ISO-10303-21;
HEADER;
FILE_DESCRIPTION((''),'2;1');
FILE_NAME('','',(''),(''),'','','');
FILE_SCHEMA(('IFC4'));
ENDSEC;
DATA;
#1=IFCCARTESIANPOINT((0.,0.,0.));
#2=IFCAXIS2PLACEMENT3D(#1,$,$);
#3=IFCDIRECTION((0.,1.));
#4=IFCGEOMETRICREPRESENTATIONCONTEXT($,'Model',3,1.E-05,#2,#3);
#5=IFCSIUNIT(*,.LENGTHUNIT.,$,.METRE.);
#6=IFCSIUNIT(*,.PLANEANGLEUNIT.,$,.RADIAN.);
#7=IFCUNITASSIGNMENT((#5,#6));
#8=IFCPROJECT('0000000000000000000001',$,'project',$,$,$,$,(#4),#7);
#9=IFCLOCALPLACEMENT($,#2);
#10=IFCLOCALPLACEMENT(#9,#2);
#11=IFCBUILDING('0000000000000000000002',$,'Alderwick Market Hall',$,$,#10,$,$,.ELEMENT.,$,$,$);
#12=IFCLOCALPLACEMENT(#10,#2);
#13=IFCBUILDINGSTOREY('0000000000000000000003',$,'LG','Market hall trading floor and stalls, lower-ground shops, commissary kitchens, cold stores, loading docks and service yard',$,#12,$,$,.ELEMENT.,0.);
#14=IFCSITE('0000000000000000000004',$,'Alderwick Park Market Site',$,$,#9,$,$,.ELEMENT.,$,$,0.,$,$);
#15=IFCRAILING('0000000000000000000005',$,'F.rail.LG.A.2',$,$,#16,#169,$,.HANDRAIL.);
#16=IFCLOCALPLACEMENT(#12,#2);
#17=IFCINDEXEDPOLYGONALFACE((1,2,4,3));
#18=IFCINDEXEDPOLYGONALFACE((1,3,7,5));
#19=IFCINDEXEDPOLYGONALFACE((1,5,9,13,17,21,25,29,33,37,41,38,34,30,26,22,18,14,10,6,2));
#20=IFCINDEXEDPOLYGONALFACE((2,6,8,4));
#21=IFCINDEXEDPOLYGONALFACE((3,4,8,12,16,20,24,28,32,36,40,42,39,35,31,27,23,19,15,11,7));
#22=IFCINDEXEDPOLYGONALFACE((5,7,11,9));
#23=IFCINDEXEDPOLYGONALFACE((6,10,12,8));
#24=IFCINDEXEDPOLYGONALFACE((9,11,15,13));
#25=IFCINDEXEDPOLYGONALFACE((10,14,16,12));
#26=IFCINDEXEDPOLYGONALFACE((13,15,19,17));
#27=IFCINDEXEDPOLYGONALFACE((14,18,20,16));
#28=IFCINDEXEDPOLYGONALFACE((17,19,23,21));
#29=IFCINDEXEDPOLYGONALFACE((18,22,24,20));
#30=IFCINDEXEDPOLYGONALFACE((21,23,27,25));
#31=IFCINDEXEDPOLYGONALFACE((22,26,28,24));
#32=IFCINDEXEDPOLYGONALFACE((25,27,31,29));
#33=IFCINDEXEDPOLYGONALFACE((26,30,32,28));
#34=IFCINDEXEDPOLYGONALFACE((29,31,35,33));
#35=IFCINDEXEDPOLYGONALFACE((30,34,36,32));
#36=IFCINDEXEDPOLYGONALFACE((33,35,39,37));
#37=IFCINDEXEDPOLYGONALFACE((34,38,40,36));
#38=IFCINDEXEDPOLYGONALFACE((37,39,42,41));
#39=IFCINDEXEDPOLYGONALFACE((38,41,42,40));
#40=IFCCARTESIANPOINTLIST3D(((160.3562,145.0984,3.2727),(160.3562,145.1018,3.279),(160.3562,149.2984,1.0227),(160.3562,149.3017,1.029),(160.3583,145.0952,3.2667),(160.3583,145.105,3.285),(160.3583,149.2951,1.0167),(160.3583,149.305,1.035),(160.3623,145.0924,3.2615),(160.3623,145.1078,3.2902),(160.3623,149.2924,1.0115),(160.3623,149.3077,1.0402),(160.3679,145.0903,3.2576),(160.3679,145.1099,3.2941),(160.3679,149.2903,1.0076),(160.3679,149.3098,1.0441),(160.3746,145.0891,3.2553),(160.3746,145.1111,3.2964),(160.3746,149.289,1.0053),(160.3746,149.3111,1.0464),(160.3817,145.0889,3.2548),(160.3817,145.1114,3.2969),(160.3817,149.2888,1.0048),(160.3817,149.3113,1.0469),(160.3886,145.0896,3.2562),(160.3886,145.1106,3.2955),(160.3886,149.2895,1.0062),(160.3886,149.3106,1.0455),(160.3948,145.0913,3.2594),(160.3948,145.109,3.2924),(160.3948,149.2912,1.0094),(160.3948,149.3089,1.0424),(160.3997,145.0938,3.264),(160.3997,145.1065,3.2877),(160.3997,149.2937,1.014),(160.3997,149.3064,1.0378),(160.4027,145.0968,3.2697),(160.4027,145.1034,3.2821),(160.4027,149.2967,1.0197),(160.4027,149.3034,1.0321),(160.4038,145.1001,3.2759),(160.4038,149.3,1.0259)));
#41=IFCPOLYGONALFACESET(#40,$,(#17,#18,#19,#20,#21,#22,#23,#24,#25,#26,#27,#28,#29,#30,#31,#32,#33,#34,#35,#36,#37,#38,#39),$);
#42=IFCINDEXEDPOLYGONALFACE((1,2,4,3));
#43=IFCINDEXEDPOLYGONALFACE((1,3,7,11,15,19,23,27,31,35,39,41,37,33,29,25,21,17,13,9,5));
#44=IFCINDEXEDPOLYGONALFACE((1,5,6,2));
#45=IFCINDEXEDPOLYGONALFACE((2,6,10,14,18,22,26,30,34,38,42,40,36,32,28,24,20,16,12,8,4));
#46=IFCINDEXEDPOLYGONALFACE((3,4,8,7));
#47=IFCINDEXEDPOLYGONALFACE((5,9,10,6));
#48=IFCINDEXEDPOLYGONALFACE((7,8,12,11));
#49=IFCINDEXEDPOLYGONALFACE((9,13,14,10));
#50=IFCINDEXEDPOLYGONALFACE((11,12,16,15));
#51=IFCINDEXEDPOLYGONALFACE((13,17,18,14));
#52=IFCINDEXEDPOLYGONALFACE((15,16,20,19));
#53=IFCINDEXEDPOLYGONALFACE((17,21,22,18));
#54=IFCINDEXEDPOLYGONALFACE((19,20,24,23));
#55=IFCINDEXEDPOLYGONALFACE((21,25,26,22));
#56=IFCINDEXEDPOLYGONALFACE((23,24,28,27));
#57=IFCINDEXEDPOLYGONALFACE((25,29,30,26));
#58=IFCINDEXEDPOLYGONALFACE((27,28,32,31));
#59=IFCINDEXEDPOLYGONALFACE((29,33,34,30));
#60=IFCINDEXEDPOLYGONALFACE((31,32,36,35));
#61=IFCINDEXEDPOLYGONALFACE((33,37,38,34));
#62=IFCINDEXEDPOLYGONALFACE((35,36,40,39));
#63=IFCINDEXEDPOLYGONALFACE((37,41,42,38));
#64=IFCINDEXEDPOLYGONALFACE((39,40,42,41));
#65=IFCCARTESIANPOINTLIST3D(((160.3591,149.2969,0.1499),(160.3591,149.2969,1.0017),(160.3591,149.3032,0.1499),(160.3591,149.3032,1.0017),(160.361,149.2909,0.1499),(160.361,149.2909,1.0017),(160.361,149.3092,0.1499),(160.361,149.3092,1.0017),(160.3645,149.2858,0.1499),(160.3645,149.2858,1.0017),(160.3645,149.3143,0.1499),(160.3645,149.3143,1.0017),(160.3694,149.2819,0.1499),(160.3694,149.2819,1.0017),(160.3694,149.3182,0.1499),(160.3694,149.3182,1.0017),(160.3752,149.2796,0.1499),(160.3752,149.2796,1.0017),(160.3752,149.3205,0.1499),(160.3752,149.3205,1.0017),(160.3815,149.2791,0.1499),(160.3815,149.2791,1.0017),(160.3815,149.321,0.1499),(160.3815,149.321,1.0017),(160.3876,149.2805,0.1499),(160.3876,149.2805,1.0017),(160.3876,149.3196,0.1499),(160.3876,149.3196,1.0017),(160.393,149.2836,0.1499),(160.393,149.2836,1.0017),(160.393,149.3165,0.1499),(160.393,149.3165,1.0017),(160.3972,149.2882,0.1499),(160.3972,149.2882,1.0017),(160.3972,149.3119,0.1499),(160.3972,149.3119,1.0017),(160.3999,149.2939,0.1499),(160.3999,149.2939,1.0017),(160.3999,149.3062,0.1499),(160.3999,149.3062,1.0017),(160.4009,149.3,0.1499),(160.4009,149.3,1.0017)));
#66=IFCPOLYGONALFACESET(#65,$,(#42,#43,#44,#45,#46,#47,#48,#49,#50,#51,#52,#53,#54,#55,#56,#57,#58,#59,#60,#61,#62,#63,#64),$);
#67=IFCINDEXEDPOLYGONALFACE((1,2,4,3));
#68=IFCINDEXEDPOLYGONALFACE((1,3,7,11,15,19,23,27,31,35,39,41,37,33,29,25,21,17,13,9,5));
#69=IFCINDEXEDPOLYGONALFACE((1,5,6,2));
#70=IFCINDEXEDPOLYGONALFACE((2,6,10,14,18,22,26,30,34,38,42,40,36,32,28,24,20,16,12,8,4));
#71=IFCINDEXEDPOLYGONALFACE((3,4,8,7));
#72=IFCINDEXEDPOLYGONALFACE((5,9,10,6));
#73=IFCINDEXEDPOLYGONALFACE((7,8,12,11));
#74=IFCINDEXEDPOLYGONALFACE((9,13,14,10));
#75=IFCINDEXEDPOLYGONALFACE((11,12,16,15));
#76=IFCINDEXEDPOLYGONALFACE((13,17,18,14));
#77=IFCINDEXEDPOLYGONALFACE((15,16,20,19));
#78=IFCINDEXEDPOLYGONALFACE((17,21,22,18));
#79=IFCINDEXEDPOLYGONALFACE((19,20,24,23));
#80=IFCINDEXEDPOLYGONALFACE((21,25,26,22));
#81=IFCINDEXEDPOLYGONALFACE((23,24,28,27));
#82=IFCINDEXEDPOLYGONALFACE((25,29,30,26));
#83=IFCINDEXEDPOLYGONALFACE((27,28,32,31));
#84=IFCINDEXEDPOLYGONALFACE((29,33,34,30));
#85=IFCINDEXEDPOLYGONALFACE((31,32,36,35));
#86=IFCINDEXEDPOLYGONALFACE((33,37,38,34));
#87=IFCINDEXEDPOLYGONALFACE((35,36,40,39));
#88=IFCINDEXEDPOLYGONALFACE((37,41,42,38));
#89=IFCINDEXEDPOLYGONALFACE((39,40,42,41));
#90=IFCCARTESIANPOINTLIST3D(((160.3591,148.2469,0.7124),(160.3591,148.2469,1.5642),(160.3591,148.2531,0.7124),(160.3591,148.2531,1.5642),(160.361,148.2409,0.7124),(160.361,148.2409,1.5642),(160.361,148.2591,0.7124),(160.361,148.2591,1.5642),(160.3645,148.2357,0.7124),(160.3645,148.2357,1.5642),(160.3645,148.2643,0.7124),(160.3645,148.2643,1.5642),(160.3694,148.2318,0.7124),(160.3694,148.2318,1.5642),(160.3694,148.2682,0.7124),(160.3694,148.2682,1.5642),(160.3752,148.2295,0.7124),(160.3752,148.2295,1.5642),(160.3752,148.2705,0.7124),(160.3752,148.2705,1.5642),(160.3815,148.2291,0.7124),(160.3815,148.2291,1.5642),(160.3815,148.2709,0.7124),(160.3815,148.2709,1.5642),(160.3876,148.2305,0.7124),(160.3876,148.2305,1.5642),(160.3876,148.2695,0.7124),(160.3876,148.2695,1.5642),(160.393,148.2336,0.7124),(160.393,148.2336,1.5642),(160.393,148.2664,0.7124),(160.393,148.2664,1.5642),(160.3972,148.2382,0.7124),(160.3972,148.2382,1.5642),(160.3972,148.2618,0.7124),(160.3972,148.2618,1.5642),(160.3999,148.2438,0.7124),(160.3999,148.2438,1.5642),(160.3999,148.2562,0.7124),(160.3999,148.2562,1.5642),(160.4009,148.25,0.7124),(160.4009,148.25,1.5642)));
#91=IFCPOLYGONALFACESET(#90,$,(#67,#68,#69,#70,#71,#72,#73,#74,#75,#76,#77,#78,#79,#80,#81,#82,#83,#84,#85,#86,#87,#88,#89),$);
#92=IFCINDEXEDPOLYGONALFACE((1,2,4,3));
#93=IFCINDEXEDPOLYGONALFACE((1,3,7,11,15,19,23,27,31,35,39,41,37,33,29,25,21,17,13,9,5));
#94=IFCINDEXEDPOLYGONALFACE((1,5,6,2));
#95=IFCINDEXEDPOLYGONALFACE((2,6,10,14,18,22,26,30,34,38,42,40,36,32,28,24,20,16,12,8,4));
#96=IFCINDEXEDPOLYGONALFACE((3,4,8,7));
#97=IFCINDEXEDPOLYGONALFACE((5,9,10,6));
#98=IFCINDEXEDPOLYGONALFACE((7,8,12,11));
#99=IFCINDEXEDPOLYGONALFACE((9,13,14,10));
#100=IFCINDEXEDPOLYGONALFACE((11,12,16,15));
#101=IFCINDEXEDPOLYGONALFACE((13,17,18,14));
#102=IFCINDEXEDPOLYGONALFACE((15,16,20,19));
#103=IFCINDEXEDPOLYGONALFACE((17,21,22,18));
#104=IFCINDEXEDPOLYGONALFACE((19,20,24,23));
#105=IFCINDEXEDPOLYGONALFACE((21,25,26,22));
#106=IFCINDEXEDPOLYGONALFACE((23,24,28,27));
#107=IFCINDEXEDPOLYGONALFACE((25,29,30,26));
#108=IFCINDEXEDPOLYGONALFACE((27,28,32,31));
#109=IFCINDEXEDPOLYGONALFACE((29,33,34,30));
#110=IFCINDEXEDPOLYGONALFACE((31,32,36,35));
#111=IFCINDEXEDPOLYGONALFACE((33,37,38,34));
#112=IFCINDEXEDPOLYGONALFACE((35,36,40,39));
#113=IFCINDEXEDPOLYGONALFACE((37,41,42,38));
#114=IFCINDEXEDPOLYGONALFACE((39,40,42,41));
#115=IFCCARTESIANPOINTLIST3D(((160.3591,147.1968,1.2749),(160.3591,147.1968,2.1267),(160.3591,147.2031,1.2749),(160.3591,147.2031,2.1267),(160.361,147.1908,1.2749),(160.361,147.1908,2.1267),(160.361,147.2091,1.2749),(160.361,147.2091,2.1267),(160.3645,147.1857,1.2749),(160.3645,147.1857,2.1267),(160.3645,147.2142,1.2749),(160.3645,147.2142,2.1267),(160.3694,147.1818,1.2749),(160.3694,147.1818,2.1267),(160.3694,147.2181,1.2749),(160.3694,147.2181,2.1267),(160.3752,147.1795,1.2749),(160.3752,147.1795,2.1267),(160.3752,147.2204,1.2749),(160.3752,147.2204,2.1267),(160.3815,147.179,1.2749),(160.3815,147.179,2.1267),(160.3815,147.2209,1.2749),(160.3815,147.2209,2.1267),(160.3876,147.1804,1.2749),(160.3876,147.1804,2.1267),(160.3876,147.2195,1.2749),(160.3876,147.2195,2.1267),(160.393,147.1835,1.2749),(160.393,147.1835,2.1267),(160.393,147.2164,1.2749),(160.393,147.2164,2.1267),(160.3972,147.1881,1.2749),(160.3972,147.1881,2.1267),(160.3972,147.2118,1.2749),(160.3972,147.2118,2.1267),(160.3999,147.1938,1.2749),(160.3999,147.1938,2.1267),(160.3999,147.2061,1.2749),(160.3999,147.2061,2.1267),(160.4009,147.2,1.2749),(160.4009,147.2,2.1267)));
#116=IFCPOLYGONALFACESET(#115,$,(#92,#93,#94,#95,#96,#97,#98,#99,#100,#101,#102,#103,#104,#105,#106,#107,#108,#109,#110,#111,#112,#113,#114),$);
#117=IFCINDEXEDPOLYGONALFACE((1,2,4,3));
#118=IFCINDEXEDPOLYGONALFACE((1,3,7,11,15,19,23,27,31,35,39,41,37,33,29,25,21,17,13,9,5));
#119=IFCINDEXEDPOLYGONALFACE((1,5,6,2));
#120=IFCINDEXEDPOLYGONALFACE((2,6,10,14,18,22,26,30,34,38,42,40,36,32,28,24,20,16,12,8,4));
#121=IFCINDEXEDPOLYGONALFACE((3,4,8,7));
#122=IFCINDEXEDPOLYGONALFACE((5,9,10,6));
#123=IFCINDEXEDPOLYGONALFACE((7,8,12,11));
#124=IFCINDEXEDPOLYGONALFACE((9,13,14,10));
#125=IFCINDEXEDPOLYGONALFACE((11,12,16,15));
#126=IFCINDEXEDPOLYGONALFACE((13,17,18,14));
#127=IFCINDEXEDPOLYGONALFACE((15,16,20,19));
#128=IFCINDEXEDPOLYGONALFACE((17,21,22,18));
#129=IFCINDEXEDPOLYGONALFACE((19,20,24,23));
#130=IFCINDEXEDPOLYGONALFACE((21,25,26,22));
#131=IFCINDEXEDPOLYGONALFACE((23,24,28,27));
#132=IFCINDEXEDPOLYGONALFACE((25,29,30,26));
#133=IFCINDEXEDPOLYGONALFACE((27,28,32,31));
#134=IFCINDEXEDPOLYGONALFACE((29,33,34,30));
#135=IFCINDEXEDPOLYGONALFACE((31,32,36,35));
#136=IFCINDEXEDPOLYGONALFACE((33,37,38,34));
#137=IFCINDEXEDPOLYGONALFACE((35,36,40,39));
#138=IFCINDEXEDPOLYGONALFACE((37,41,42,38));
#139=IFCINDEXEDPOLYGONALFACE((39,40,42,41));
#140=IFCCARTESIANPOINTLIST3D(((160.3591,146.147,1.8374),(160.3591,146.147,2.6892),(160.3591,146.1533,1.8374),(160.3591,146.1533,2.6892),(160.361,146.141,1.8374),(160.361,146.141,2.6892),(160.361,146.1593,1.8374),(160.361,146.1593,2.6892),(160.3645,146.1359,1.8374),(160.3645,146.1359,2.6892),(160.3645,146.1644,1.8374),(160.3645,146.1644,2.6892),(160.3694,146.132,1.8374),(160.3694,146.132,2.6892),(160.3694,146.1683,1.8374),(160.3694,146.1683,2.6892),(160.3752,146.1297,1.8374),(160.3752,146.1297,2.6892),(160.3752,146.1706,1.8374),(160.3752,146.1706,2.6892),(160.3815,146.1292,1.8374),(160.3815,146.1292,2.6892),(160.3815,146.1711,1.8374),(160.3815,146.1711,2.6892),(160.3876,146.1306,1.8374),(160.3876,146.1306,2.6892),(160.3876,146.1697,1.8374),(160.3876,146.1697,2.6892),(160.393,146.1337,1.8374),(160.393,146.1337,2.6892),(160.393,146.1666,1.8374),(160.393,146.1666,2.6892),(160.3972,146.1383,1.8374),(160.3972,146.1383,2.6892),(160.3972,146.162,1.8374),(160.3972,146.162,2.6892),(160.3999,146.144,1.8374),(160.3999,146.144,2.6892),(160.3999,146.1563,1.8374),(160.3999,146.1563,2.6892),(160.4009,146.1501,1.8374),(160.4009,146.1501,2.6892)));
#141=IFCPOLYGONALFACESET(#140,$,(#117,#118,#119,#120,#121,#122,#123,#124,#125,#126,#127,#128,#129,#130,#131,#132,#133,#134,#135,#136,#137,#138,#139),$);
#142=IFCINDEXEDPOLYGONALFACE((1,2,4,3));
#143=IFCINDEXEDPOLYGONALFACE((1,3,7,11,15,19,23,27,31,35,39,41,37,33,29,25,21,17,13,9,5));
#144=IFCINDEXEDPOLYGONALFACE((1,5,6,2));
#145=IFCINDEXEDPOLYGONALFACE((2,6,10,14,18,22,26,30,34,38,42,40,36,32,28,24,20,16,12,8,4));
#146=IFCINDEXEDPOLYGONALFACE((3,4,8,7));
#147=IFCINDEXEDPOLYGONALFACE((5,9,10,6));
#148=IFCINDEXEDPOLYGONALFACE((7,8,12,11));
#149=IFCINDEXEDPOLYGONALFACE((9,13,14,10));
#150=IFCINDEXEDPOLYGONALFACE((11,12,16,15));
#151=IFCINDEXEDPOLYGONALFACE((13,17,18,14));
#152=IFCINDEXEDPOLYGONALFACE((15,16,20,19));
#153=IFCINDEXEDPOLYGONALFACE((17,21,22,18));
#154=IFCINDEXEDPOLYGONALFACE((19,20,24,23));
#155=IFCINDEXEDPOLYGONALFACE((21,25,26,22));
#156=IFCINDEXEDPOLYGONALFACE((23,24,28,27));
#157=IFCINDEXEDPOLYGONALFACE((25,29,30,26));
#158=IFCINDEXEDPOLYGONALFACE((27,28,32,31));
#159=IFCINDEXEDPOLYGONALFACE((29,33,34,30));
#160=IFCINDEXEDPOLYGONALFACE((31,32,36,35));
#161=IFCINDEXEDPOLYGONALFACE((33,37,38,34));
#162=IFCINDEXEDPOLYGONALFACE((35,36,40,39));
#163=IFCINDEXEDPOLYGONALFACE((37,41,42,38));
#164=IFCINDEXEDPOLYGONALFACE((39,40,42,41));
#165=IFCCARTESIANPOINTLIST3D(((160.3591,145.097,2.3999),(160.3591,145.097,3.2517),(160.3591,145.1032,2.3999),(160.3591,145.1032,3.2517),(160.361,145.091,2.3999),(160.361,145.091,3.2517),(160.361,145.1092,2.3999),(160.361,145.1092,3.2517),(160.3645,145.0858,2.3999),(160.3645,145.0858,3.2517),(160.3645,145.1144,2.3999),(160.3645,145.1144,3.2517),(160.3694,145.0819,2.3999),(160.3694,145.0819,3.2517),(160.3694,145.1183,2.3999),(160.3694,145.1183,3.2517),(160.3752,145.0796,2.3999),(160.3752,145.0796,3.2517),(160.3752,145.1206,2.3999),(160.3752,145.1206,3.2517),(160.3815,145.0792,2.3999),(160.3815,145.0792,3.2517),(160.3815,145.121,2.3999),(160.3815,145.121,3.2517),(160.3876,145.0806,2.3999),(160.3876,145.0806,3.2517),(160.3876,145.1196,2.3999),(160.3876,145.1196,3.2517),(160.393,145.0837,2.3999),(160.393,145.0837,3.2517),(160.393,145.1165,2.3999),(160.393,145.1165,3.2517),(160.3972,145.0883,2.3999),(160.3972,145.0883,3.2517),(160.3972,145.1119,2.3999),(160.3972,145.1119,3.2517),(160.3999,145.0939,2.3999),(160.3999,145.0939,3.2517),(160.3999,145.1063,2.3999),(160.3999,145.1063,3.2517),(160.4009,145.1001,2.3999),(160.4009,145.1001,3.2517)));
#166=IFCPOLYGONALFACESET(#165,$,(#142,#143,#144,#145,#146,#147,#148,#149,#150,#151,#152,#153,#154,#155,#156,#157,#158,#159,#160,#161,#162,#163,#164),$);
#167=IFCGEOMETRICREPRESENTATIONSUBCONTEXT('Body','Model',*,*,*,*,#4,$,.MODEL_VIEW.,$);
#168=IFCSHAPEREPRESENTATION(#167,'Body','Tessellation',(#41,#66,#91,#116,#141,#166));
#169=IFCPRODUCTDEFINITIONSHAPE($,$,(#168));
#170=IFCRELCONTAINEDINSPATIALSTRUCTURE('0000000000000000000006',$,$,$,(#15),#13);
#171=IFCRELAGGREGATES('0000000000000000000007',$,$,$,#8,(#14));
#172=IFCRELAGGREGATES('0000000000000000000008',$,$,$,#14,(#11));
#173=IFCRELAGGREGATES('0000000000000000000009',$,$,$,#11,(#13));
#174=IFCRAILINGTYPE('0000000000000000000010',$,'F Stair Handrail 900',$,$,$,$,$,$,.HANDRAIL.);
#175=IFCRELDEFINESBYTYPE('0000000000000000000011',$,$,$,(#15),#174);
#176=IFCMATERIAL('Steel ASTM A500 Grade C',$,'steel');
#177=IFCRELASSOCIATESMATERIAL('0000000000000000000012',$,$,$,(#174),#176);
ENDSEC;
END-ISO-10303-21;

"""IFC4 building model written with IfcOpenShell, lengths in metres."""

from ifc_helpers import new_model, si_unit, direction, frame, origin, origin_2d, place, context, subcontext, project, spatial, circle, extrude, material, type_object, element, save


model = new_model("IFC4")

# Units and contexts
model_context = context("Model", 3, precision=1e-05, world=origin(), true_north=direction((0.0, 1.0)))
body_context = subcontext(model_context, "Body", "Model", "MODEL_VIEW")
ifc_project = project(units=[si_unit("LENGTHUNIT", "METRE"), si_unit("PLANEANGLEUNIT", "RADIAN")], contexts=[model_context])

# Site, building, storey
site_placement = place(None, origin())
site = spatial("IfcSite", under=ifc_project, at=site_placement, Name="Alderwick Park Market Site", CompositionType="ELEMENT", RefElevation=0.0)
building_placement = place(site_placement, origin())
building = spatial("IfcBuilding", under=site, at=building_placement, Name="Alderwick Market Hall", CompositionType="ELEMENT")
storey_placement = place(building_placement, origin())
storey = spatial("IfcBuildingStorey", under=building, at=storey_placement, Name="LG", Description="Market hall trading floor and stalls, lower-ground shops, commissary kitchens, cold stores, loading docks and service yard", CompositionType="ELEMENT", Elevation=0.0)

# Railing
ifc_material_1 = material(Name="Steel ASTM A500 Grade C", Category="steel")
railing_type_1 = type_object("IfcRailingType", Name="F Stair Handrail 900", PredefinedType="HANDRAIL", material=ifc_material_1)
for number, where, name in (
    (1, (160.3799, 149.3, 0.1499), "F.rail.LG.A.2"),
):
    element("IfcRailing", number, at=place(storey_placement, frame(where)), inside=storey, type_object=railing_type_1, Name=name, PredefinedType="HANDRAIL", context=body_context, shape_type="SweptSolid", body=[
        extrude(circle(Radius=0.0239, at=origin_2d()), frame((0.0, 0.0, 0.876), z_axis=(0.0, -0.881478, 0.472226), x_axis=(1.0, 0.0, 0.0)), (0.0, 0.0, 1.0), 4.7646),
        extrude(circle(Radius=0.021, at=origin_2d()), origin(), (0.0, 0.0, 1.0), 0.8518),
        extrude(circle(Radius=0.021, at=origin_2d()), frame((0.0, -1.05, 0.5625)), (0.0, 0.0, 1.0), 0.8518),
        extrude(circle(Radius=0.021, at=origin_2d()), frame((0.0, -2.1001, 1.125)), (0.0, 0.0, 1.0), 0.8518),
        extrude(circle(Radius=0.021, at=origin_2d()), frame((0.0, -3.1499, 1.6875)), (0.0, 0.0, 1.0), 0.8518),
        extrude(circle(Radius=0.021, at=origin_2d()), frame((0.0, -4.2, 2.25)), (0.0, 0.0, 1.0), 0.8518),
    ])

save(model, "model.ifc")
